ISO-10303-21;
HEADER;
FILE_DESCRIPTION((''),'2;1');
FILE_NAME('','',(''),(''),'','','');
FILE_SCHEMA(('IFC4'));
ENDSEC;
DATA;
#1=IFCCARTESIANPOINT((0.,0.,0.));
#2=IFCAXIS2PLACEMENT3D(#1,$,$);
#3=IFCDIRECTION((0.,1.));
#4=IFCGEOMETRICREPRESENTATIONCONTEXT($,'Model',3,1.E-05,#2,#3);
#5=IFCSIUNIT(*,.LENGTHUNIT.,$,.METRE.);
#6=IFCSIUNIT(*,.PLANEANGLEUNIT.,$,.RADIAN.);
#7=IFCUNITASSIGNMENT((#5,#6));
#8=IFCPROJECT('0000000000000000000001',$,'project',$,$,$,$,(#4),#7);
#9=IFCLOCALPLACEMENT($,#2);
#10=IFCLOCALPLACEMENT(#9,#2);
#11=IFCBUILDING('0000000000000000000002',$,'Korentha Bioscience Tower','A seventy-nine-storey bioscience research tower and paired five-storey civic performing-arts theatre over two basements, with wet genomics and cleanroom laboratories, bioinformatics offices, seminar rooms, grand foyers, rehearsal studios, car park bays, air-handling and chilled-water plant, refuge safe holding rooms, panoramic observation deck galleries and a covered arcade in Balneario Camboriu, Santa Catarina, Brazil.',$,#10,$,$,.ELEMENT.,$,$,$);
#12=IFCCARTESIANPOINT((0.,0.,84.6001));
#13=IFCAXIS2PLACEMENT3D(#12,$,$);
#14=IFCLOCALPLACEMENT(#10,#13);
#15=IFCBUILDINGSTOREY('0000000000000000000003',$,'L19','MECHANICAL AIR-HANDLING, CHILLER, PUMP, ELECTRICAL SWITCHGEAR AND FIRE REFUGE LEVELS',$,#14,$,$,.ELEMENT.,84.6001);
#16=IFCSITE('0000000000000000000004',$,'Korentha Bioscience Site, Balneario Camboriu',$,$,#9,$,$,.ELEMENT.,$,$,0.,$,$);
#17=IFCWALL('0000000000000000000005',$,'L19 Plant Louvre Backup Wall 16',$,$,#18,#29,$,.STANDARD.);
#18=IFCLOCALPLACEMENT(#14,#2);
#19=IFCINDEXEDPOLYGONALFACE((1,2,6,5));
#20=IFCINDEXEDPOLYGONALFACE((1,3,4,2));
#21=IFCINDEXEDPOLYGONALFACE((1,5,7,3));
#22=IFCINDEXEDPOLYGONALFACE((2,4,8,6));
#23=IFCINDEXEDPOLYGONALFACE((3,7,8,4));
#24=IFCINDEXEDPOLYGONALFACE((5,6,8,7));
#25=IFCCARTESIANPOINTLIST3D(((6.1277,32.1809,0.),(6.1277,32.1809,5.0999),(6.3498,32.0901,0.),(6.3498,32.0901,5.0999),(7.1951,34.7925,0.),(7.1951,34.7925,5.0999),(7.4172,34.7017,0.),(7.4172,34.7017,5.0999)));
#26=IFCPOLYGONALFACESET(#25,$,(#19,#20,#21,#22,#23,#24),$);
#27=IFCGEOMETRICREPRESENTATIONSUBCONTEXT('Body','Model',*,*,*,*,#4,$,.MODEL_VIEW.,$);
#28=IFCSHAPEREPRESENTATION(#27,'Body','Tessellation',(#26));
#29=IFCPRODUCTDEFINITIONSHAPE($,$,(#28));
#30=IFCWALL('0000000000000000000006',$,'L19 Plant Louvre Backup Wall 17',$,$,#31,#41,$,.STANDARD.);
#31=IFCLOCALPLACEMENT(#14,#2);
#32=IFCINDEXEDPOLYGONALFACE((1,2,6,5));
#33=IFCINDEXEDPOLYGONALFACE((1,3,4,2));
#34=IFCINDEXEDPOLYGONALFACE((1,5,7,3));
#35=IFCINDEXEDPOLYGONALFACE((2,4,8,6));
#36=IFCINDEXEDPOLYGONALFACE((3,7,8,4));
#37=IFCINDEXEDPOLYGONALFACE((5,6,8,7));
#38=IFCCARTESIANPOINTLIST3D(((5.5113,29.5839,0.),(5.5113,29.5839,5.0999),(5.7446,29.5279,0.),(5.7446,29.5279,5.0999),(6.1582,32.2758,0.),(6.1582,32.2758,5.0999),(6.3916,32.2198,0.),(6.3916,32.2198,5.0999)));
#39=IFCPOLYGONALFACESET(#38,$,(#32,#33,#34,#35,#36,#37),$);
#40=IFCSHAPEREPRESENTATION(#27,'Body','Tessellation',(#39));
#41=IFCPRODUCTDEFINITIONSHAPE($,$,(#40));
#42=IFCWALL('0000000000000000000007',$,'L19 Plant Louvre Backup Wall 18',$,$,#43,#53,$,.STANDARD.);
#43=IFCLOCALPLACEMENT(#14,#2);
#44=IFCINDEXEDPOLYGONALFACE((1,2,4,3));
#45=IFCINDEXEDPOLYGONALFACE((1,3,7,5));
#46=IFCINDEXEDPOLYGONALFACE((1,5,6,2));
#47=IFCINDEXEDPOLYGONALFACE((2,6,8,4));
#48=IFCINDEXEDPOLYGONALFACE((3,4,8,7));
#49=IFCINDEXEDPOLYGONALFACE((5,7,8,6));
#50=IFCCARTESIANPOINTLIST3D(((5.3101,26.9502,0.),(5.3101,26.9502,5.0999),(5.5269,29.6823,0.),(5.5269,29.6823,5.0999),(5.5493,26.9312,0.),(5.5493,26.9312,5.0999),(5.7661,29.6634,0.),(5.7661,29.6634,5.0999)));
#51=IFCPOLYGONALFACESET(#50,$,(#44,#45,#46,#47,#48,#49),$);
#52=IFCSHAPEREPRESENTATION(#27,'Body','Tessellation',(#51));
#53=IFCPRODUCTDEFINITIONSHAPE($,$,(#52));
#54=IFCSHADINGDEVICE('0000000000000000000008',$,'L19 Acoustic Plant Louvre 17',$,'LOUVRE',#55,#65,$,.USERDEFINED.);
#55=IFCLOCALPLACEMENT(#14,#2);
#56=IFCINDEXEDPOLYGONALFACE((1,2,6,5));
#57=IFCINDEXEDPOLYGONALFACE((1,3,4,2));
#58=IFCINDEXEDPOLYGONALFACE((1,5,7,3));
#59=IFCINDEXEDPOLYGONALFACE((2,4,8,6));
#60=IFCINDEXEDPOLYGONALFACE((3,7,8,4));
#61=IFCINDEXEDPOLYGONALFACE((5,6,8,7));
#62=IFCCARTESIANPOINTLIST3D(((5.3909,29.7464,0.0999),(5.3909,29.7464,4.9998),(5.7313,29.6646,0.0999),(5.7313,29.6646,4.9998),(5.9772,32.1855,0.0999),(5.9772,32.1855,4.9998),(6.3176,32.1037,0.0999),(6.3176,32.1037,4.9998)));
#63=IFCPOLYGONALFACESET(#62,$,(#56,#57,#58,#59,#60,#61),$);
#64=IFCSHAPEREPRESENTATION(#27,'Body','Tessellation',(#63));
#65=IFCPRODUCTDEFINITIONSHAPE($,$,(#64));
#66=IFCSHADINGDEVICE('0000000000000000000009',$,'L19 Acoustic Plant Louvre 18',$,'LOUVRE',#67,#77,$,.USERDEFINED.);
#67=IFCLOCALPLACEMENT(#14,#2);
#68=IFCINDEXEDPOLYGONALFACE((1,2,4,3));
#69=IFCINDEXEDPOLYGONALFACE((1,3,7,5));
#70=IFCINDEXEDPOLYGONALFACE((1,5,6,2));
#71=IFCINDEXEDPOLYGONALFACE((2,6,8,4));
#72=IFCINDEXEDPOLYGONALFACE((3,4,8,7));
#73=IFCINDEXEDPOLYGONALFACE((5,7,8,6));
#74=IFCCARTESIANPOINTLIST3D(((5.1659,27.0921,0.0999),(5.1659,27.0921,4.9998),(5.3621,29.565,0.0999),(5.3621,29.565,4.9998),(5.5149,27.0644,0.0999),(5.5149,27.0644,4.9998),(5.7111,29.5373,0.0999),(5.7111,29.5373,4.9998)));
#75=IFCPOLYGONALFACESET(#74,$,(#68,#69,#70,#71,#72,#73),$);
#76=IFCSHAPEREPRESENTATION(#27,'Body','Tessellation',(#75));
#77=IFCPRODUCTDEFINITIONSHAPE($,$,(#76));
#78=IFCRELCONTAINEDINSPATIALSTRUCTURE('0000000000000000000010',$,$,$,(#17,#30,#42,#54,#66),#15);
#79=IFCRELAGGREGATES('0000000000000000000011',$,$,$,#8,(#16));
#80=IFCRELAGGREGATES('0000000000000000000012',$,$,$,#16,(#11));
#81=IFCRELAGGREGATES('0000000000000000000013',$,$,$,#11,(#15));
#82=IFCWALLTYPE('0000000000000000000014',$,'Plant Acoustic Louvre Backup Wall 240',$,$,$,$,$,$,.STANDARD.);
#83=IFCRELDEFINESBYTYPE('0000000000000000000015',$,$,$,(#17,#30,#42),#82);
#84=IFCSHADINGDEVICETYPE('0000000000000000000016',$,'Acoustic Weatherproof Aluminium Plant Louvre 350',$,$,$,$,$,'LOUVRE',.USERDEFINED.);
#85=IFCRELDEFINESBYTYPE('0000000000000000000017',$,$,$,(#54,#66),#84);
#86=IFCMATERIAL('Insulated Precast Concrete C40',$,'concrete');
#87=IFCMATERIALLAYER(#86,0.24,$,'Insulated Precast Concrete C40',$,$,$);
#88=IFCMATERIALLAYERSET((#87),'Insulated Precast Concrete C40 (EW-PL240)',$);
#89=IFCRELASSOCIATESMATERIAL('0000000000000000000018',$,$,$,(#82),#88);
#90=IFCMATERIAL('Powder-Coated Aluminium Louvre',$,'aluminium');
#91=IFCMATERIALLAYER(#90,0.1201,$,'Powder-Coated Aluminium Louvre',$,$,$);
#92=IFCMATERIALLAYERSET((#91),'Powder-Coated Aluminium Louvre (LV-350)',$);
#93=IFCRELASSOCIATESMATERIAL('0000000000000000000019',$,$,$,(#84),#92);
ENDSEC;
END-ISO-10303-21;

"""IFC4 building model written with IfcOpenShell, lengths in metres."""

from ifc_helpers import new_model, si_unit, direction, frame, frame_2d, origin, origin_2d, place, context, subcontext, project, spatial, rectangle, extrude, material, layer, layer_set, type_object, element, save


model = new_model("IFC4")

# Units and contexts
model_context = context("Model", 3, precision=1e-05, world=origin(), true_north=direction((0.0, 1.0)))
body_context = subcontext(model_context, "Body", "Model", "MODEL_VIEW")
ifc_project = project(units=[si_unit("LENGTHUNIT", "METRE"), si_unit("PLANEANGLEUNIT", "RADIAN")], contexts=[model_context])

# Site, building, storey
site_placement = place(None, origin())
site = spatial("IfcSite", under=ifc_project, at=site_placement, Name="Korentha Bioscience Site, Balneario Camboriu", CompositionType="ELEMENT", RefElevation=0.0)
building_placement = place(site_placement, origin())
building = spatial("IfcBuilding", under=site, at=building_placement, Name="Korentha Bioscience Tower", Description="A seventy-nine-storey bioscience research tower and paired five-storey civic performing-arts theatre over two basements, with wet genomics and cleanroom laboratories, bioinformatics offices, seminar rooms, grand foyers, rehearsal studios, car park bays, air-handling and chilled-water plant, refuge safe holding rooms, panoramic observation deck galleries and a covered arcade in Balneario Camboriu, Santa Catarina, Brazil.", CompositionType="ELEMENT")
storey_placement = place(building_placement, frame((0.0, 0.0, 84.6001)))
storey = spatial("IfcBuildingStorey", under=building, at=storey_placement, Name="L19", Description="MECHANICAL AIR-HANDLING, CHILLER, PUMP, ELECTRICAL SWITCHGEAR AND FIRE REFUGE LEVELS", CompositionType="ELEMENT", Elevation=84.6001)

# Walls
ifc_material_1 = material(Name="Insulated Precast Concrete C40", Category="concrete")
ifc_layer_1 = layer(ifc_material_1, 0.24, Name="Insulated Precast Concrete C40")
ifc_layer_set_1 = layer_set([ifc_layer_1], Name="Insulated Precast Concrete C40 (EW-PL240)")
wall_type_1 = type_object("IfcWallType", Name="Plant Acoustic Louvre Backup Wall 240", PredefinedType="STANDARD", material=ifc_layer_set_1)
wall_1_placement = place(storey_placement, frame((7.3062, 34.7471, 0.0), z_axis=(0.0, 0.0, 1.0), x_axis=(-0.378333, -0.92567, 0.0)))
element("IfcWall", 1, at=wall_1_placement, inside=storey, type_object=wall_type_1, Name="L19 Plant Louvre Backup Wall 16", PredefinedType="STANDARD", context=body_context, shape_type="SweptSolid", body=[
    extrude(rectangle(XDim=2.8213, YDim=0.24, at=frame_2d((1.4106, 0.0))), origin(), (0.0, 0.0, 1.0), 5.0999),
])
wall_2_placement = place(storey_placement, frame((6.2749, 32.2478, 0.0), z_axis=(0.0, 0.0, 1.0), x_axis=(-0.233686, -0.972312, 0.0)))
element("IfcWall", 2, at=wall_2_placement, inside=storey, type_object=wall_type_1, Name="L19 Plant Louvre Backup Wall 17", PredefinedType="STANDARD", context=body_context, shape_type="SweptSolid", body=[
    extrude(rectangle(XDim=2.7686, YDim=0.24, at=frame_2d((1.3843, 0.0))), origin(), (0.0, 0.0, 1.0), 5.0999),
])
wall_3_placement = place(storey_placement, frame((5.6465, 29.6729, 0.0), z_axis=(0.0, 0.0, 1.0), x_axis=(-0.079101, -0.996867, 0.0)))
element("IfcWall", 3, at=wall_3_placement, inside=storey, type_object=wall_type_1, Name="L19 Plant Louvre Backup Wall 18", PredefinedType="STANDARD", context=body_context, shape_type="SweptSolid", body=[
    extrude(rectangle(XDim=2.7407, YDim=0.24, at=frame_2d((1.3704, 0.0))), origin(), (0.0, 0.0, 1.0), 5.0999),
])

# Shading devices
ifc_material_2 = material(Name="Powder-Coated Aluminium Louvre", Category="aluminium")
ifc_layer_2 = layer(ifc_material_2, 0.1201, Name="Powder-Coated Aluminium Louvre")
ifc_layer_set_2 = layer_set([ifc_layer_2], Name="Powder-Coated Aluminium Louvre (LV-350)")
shading_device_type = type_object("IfcShadingDeviceType", Name="Acoustic Weatherproof Aluminium Plant Louvre 350", ElementType="LOUVRE", PredefinedType="USERDEFINED", material=ifc_layer_set_2)
shading_device_1_placement = place(storey_placement, frame((5.8542, 30.925, 0.0999), z_axis=(0.0, 0.0, 1.0), x_axis=(-0.233726, -0.972303, 0.0)))
element("IfcShadingDevice", 4, at=shading_device_1_placement, inside=storey, type_object=shading_device_type, Name="L19 Acoustic Plant Louvre 17", ObjectType="LOUVRE", PredefinedType="USERDEFINED", context=body_context, shape_type="SweptSolid", body=[
    extrude(rectangle(XDim=2.5085, YDim=0.3501, at=origin_2d()), origin(), (0.0, 0.0, 1.0), 4.8999),
])
shading_device_2_placement = place(storey_placement, frame((5.4385, 28.3147, 0.0999), z_axis=(0.0, 0.0, 1.0), x_axis=(-0.079106, -0.996866, 0.0)))
element("IfcShadingDevice", 5, at=shading_device_2_placement, inside=storey, type_object=shading_device_type, Name="L19 Acoustic Plant Louvre 18", ObjectType="LOUVRE", PredefinedType="USERDEFINED", context=body_context, shape_type="SweptSolid", body=[
    extrude(rectangle(XDim=2.4807, YDim=0.3501, at=origin_2d()), origin(), (0.0, 0.0, 1.0), 4.8999),
])

save(model, "model.ifc")
